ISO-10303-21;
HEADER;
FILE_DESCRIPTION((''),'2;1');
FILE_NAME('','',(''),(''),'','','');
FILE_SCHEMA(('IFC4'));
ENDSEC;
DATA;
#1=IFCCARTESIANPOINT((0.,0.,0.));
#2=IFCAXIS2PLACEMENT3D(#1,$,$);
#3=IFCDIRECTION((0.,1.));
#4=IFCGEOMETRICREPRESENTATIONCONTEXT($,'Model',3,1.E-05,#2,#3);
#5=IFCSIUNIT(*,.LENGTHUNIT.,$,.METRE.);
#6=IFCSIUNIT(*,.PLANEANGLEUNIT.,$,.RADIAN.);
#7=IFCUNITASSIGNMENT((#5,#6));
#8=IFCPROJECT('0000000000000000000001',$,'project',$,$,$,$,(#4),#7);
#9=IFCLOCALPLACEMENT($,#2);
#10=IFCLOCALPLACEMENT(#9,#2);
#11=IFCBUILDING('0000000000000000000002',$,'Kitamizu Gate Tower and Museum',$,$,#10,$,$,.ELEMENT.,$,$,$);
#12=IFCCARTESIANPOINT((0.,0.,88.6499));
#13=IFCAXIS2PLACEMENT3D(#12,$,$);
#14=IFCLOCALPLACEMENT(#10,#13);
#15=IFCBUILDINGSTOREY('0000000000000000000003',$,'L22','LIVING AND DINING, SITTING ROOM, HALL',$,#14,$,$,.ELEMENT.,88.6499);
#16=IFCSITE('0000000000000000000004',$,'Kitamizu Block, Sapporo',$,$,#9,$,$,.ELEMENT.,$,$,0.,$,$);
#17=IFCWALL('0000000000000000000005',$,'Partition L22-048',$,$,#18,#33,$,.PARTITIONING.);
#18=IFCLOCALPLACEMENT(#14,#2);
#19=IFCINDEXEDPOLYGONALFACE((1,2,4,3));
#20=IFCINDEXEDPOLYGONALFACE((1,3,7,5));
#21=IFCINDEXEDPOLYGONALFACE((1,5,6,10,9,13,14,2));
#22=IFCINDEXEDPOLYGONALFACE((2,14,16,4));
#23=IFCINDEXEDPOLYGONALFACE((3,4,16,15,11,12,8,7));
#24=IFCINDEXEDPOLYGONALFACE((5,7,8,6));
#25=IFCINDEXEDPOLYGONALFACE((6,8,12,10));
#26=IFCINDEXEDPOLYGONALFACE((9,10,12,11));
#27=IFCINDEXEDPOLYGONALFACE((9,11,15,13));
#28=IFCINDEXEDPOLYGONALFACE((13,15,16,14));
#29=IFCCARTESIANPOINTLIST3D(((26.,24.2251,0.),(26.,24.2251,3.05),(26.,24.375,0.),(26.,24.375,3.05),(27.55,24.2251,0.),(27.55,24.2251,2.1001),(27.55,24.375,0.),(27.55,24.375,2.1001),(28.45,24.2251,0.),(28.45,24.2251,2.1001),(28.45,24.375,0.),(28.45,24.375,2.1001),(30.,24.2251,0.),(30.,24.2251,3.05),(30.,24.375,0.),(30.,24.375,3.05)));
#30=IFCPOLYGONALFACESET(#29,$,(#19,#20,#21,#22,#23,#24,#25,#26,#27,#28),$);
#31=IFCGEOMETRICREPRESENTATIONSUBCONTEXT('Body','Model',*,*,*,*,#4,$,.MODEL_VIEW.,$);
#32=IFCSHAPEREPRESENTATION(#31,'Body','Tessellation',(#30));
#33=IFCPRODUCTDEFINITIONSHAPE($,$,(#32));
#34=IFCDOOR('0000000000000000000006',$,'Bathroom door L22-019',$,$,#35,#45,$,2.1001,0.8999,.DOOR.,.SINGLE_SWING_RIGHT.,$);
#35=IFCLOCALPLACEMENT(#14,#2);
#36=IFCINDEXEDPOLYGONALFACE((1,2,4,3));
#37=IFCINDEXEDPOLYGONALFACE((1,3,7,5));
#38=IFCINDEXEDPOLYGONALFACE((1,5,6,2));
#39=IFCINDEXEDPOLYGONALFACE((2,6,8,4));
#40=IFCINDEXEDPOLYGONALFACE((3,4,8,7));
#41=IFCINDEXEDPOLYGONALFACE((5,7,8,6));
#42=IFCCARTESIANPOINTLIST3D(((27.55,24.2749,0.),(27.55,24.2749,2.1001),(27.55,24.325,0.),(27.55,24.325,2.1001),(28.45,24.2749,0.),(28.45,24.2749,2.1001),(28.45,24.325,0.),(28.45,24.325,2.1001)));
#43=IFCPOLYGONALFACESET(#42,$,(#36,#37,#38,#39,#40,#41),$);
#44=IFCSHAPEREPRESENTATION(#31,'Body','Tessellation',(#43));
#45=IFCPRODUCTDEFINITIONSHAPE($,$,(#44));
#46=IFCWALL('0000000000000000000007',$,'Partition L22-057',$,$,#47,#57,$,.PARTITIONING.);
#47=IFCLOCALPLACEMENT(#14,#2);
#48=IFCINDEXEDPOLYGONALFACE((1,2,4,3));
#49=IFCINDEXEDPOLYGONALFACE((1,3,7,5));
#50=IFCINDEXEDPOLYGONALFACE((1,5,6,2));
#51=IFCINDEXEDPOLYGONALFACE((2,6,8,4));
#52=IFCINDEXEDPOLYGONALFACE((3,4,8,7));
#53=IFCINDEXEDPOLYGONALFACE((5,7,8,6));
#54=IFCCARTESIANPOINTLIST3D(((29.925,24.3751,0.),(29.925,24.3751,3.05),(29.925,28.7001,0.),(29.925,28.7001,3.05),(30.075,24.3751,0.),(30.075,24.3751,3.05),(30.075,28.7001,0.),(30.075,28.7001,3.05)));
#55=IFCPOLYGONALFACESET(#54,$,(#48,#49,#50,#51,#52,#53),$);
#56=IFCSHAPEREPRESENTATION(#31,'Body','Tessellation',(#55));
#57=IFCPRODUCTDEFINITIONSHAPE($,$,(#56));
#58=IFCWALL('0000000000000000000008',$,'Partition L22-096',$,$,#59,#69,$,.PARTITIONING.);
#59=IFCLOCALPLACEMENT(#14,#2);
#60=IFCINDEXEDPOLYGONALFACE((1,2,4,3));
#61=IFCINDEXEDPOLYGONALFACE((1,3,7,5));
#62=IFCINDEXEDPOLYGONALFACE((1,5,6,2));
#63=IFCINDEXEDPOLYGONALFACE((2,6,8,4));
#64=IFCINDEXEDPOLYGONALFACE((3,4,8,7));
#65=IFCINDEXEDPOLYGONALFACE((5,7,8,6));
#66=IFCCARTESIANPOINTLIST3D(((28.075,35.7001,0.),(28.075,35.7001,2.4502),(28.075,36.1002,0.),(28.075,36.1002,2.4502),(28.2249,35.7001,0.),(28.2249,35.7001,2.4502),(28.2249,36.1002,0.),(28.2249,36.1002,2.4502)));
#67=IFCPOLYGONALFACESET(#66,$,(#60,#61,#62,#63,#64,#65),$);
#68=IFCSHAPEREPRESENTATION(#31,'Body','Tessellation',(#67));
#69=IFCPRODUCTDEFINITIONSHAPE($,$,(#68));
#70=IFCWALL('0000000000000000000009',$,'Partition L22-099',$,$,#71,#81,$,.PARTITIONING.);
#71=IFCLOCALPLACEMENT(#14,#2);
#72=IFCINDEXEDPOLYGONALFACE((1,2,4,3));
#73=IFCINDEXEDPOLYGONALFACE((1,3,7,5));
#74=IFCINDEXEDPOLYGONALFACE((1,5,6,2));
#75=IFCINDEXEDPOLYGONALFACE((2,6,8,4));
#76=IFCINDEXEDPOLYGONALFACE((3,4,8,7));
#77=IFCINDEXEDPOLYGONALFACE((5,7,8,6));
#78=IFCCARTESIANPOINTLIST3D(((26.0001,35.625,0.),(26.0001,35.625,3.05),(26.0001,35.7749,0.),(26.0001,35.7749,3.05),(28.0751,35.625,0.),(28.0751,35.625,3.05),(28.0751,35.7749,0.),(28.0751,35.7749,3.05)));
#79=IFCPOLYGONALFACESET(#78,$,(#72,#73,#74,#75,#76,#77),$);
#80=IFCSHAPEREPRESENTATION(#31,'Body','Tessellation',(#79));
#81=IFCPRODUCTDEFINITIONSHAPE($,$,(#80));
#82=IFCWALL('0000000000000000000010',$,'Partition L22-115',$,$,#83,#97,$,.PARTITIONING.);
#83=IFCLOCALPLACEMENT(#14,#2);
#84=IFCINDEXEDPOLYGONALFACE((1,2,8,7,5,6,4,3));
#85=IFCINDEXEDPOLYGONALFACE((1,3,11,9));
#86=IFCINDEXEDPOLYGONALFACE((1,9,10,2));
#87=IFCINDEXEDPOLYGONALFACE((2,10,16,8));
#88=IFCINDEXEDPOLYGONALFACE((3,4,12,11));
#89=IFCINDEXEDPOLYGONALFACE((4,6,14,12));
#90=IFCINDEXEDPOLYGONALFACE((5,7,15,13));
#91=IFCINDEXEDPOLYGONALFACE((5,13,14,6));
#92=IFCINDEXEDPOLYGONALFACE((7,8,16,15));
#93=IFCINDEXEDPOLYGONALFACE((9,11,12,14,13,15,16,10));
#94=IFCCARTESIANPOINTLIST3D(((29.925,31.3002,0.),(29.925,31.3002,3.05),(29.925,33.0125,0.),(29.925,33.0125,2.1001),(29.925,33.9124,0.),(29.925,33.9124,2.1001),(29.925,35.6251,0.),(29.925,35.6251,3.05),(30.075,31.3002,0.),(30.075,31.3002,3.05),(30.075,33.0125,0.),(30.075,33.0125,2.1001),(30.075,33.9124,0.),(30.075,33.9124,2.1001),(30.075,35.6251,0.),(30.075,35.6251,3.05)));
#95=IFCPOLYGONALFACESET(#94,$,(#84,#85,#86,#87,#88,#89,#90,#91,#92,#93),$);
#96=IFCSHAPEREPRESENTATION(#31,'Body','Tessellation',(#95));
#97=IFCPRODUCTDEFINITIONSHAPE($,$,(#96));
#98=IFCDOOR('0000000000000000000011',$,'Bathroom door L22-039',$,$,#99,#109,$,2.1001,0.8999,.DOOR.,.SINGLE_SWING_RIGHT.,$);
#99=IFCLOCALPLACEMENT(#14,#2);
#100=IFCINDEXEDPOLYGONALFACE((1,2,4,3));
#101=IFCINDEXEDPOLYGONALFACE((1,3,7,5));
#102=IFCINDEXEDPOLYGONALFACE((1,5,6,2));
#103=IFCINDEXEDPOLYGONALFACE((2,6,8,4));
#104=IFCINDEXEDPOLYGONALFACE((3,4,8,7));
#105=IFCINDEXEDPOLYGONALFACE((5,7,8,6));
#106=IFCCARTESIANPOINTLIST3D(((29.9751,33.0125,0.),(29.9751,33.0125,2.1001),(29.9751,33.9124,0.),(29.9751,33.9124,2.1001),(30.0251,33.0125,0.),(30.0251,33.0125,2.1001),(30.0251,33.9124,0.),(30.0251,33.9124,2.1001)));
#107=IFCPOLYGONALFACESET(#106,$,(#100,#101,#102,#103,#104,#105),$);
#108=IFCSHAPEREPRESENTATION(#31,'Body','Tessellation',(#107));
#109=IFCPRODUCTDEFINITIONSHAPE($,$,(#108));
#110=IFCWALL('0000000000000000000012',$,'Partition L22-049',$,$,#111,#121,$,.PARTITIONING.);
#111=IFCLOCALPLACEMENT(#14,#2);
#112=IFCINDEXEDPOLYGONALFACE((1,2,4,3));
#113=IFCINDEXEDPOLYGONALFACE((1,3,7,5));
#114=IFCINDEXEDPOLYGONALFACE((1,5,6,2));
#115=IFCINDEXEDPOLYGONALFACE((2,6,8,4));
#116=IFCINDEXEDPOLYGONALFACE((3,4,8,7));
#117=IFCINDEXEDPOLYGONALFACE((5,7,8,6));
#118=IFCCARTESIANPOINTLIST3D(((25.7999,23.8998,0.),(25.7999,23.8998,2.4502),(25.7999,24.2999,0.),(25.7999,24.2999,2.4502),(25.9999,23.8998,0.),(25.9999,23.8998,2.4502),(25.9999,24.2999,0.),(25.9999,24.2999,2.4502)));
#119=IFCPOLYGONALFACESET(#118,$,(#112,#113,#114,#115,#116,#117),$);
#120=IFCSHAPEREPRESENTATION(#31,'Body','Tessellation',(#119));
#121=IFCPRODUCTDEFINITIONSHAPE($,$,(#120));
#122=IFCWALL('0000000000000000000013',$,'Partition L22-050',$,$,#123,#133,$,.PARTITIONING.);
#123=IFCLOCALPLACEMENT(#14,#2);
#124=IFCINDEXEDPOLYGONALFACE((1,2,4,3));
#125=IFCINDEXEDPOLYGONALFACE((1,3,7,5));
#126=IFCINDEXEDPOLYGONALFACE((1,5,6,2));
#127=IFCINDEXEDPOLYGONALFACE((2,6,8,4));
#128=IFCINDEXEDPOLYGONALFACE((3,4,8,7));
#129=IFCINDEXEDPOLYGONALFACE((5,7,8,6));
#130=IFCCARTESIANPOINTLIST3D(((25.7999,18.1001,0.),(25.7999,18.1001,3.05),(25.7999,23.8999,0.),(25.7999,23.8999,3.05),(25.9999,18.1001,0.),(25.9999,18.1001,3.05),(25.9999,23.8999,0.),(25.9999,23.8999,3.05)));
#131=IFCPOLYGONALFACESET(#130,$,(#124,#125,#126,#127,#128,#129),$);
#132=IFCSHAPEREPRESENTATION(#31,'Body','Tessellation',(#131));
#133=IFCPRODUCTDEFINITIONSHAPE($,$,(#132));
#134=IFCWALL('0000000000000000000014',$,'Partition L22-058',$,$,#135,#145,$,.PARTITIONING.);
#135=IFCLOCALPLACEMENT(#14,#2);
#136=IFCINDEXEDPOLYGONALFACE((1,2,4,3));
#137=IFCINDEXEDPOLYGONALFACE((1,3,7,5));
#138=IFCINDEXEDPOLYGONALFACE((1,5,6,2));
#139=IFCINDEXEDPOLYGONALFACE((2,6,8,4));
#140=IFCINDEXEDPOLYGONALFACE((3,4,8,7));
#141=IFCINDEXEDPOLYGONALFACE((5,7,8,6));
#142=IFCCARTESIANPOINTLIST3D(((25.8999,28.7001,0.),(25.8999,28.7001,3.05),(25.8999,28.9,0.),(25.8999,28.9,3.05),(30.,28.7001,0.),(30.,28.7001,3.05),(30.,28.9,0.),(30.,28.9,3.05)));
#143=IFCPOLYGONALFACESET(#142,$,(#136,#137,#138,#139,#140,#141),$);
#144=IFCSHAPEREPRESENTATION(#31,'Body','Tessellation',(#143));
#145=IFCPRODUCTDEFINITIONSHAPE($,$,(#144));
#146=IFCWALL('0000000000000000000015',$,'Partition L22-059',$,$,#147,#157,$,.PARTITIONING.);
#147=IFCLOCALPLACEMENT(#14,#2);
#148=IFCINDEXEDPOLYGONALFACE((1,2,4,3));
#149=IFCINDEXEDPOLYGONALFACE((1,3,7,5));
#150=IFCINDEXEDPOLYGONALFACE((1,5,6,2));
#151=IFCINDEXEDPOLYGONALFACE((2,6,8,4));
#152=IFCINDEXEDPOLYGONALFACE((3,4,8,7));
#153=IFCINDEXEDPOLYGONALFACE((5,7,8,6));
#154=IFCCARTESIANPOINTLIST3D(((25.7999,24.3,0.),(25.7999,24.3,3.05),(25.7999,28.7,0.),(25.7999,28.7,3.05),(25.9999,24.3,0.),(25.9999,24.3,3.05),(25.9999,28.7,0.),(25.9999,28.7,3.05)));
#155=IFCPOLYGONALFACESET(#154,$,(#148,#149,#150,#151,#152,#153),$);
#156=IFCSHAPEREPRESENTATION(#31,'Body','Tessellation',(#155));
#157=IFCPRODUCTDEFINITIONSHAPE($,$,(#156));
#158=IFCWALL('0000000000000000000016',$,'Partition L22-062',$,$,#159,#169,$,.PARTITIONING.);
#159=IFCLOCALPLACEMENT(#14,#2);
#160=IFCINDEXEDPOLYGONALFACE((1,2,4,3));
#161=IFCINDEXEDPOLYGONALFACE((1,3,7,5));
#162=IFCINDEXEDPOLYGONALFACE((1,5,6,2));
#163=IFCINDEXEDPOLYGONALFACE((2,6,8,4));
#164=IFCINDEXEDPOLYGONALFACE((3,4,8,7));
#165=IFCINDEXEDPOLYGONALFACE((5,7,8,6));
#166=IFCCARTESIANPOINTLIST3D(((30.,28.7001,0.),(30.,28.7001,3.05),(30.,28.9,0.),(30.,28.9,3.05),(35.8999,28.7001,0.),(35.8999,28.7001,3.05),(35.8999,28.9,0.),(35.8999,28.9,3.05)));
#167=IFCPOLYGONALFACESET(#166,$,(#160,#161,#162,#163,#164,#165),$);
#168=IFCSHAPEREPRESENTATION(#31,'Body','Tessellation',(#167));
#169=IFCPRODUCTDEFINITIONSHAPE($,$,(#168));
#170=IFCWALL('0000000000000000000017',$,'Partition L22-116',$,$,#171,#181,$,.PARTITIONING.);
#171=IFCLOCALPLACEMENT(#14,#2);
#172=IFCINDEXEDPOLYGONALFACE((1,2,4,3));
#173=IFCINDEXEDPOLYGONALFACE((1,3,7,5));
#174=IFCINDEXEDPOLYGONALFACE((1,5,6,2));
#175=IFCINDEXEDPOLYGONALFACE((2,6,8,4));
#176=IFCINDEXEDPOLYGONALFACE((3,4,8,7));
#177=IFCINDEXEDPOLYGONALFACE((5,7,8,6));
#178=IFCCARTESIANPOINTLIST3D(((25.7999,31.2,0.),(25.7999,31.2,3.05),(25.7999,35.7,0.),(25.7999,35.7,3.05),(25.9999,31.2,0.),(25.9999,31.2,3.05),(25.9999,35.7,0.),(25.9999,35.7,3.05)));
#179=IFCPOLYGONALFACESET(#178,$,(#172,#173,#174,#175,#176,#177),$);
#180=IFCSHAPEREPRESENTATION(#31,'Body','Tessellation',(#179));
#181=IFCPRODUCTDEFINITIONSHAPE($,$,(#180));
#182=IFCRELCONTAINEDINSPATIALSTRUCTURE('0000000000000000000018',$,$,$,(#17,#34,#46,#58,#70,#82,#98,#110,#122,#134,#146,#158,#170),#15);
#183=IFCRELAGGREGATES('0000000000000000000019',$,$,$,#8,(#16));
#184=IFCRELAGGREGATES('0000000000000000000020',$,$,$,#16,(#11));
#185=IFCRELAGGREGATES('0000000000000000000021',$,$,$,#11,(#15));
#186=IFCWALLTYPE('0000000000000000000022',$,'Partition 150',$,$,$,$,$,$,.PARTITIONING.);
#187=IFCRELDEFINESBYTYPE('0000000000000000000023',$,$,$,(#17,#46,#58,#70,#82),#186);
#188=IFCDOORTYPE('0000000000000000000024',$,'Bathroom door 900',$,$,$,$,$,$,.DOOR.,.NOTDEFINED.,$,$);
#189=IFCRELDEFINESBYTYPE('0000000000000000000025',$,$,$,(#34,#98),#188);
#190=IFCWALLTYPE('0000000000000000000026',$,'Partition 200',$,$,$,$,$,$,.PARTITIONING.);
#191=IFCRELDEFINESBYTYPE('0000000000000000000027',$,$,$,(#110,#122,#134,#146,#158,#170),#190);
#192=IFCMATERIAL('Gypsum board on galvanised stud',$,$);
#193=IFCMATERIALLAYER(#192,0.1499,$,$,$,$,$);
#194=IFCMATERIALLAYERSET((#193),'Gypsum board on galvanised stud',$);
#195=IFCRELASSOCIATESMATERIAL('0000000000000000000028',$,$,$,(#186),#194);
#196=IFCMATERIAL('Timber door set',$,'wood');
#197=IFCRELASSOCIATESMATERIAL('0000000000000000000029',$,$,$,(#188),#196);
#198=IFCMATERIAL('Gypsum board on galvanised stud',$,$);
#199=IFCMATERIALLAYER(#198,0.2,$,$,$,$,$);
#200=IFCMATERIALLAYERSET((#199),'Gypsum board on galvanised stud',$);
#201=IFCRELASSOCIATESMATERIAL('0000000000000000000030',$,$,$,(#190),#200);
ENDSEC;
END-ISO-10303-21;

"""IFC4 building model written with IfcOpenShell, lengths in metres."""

from ifc_helpers import new_model, si_unit, direction, frame, frame_2d, origin, place, context, subcontext, project, spatial, rectangle, extrude, material, layer, layer_set, type_object, element, fill, save


model = new_model("IFC4")

# Units and contexts
model_context = context("Model", 3, precision=1e-05, world=origin(), true_north=direction((0.0, 1.0)))
body_context = subcontext(model_context, "Body", "Model", "MODEL_VIEW")
ifc_project = project(units=[si_unit("LENGTHUNIT", "METRE"), si_unit("PLANEANGLEUNIT", "RADIAN")], contexts=[model_context])

# Site, building, storey
site_placement = place(None, origin())
site = spatial("IfcSite", under=ifc_project, at=site_placement, Name="Kitamizu Block, Sapporo", CompositionType="ELEMENT", RefElevation=0.0)
building_placement = place(site_placement, origin())
building = spatial("IfcBuilding", under=site, at=building_placement, Name="Kitamizu Gate Tower and Museum", CompositionType="ELEMENT")
storey_placement = place(building_placement, frame((0.0, 0.0, 88.6499)))
storey = spatial("IfcBuildingStorey", under=building, at=storey_placement, Name="L22", Description="LIVING AND DINING, SITTING ROOM, HALL", CompositionType="ELEMENT", Elevation=88.6499)

# Wall, opening, door
ifc_material_1 = material(Name="Gypsum board on galvanised stud")
ifc_layer_1 = layer(ifc_material_1, 0.1499)
ifc_layer_set_1 = layer_set([ifc_layer_1], Name="Gypsum board on galvanised stud")
wall_type_1 = type_object("IfcWallType", Name="Partition 150", PredefinedType="PARTITIONING", material=ifc_layer_set_1)
wall_1_placement = place(storey_placement, frame((30.0, 24.3, 0.0), z_axis=(0.0, 0.0, 1.0), x_axis=(-1.0, 0.0, 0.0)))
wall_1 = element("IfcWall", 1, at=wall_1_placement, inside=storey, type_object=wall_type_1, Name="Partition L22-048", PredefinedType="PARTITIONING", context=body_context, shape_type="SweptSolid", body=[
    extrude(rectangle(XDim=4.0, YDim=0.1499, at=frame_2d((2.0, 0.0))), origin(), (0.0, 0.0, 1.0), 3.05),
])
opening_1_placement = place(wall_1_placement, frame((1.55, 0.0, 0.0)))
opening_1 = element("IfcOpeningElement", 2, at=opening_1_placement, cuts=wall_1, PredefinedType="OPENING", context=body_context, shape_type="SweptSolid", body=[
    extrude(rectangle(XDim=0.8999, YDim=2.1001, at=frame_2d((0.45, 1.05))), frame((0.0, 0.085, 0.0), z_axis=(0.0, -1.0, 0.0), x_axis=(1.0, 0.0, 0.0)), (0.0, 0.0, 1.0), 0.1699),
])
ifc_material_2 = material(Name="Timber door set", Category="wood")
door_type_1 = type_object("IfcDoorType", Name="Bathroom door 900", OperationType="NOTDEFINED", PredefinedType="DOOR", material=ifc_material_2)
door_1_placement = place(opening_1_placement, frame((0.8999, 0.0, 0.0), x_axis=(-1.0, 0.0, 0.0)))
door_1 = element("IfcDoor", 3, at=door_1_placement, inside=storey, type_object=door_type_1, Name="Bathroom door L22-019", OperationType="SINGLE_SWING_RIGHT", OverallHeight=2.1001, OverallWidth=0.8999, PredefinedType="DOOR", context=body_context, shape_type="SweptSolid", body=[
    extrude(rectangle(XDim=0.8999, YDim=2.1001, at=frame_2d((0.45, 1.05))), frame((0.0, 0.0249, 0.0), z_axis=(0.0, -1.0, 0.0), x_axis=(1.0, 0.0, 0.0)), (0.0, 0.0, 1.0), 0.05),
])
fill(opening_1, door_1)

# Walls
wall_2_placement = place(storey_placement, frame((30.0, 24.375, 0.0), z_axis=(0.0, 0.0, 1.0), x_axis=(0.0, 1.0, 0.0)))
element("IfcWall", 4, at=wall_2_placement, inside=storey, type_object=wall_type_1, Name="Partition L22-057", PredefinedType="PARTITIONING", context=body_context, shape_type="SweptSolid", body=[
    extrude(rectangle(XDim=4.325, YDim=0.1499, at=frame_2d((2.1626, 0.0))), origin(), (0.0, 0.0, 1.0), 3.05),
])
wall_3_placement = place(storey_placement, frame((28.1499, 35.7, 0.0), z_axis=(0.0, 0.0, 1.0), x_axis=(0.0, 1.0, 0.0)))
element("IfcWall", 5, at=wall_3_placement, inside=storey, type_object=wall_type_1, Name="Partition L22-096", PredefinedType="PARTITIONING", context=body_context, shape_type="SweptSolid", body=[
    extrude(rectangle(XDim=0.4001, YDim=0.1499, at=frame_2d((0.2002, 0.0))), origin(), (0.0, 0.0, 1.0), 2.4502),
])
wall_4_placement = place(storey_placement, frame((26.0, 35.7, 0.0), z_axis=(0.0, 0.0, 1.0), x_axis=(1.0, 0.0, 0.0)))
element("IfcWall", 6, at=wall_4_placement, inside=storey, type_object=wall_type_1, Name="Partition L22-099", PredefinedType="PARTITIONING", context=body_context, shape_type="SweptSolid", body=[
    extrude(rectangle(XDim=2.075, YDim=0.1499, at=frame_2d((1.0376, 0.0))), origin(), (0.0, 0.0, 1.0), 3.05),
])

# Wall, opening, door
wall_5_placement = place(storey_placement, frame((30.0, 31.3, 0.0), z_axis=(0.0, 0.0, 1.0), x_axis=(0.0, 1.0, 0.0)))
wall_5 = element("IfcWall", 7, at=wall_5_placement, inside=storey, type_object=wall_type_1, Name="Partition L22-115", PredefinedType="PARTITIONING", context=body_context, shape_type="SweptSolid", body=[
    extrude(rectangle(XDim=4.325, YDim=0.1499, at=frame_2d((2.1626, 0.0))), origin(), (0.0, 0.0, 1.0), 3.05),
])
opening_2_placement = place(wall_5_placement, frame((1.7124, 0.0, 0.0)))
opening_2 = element("IfcOpeningElement", 8, at=opening_2_placement, cuts=wall_5, PredefinedType="OPENING", context=body_context, shape_type="SweptSolid", body=[
    extrude(rectangle(XDim=0.8999, YDim=2.1001, at=frame_2d((0.45, 1.05))), frame((0.0, 0.085, 0.0), z_axis=(0.0, -1.0, 0.0), x_axis=(1.0, 0.0, 0.0)), (0.0, 0.0, 1.0), 0.1699),
])
door_2_placement = place(opening_2_placement, origin())
door_2 = element("IfcDoor", 9, at=door_2_placement, inside=storey, type_object=door_type_1, Name="Bathroom door L22-039", OperationType="SINGLE_SWING_RIGHT", OverallHeight=2.1001, OverallWidth=0.8999, PredefinedType="DOOR", context=body_context, shape_type="SweptSolid", body=[
    extrude(rectangle(XDim=0.8999, YDim=2.1001, at=frame_2d((0.45, 1.05))), frame((0.0, 0.0249, 0.0), z_axis=(0.0, -1.0, 0.0), x_axis=(1.0, 0.0, 0.0)), (0.0, 0.0, 1.0), 0.05),
])
fill(opening_2, door_2)

# Walls
ifc_material_3 = material(Name="Gypsum board on galvanised stud")
ifc_layer_2 = layer(ifc_material_3, 0.2)
ifc_layer_set_2 = layer_set([ifc_layer_2], Name="Gypsum board on galvanised stud")
wall_type_2 = type_object("IfcWallType", Name="Partition 200", PredefinedType="PARTITIONING", material=ifc_layer_set_2)
wall_6_placement = place(storey_placement, frame((25.8999, 24.3, 0.0), z_axis=(0.0, 0.0, 1.0), x_axis=(0.0, -1.0, 0.0)))
element("IfcWall", 10, at=wall_6_placement, inside=storey, type_object=wall_type_2, Name="Partition L22-049", PredefinedType="PARTITIONING", context=body_context, shape_type="SweptSolid", body=[
    extrude(rectangle(XDim=0.4001, YDim=0.2, at=frame_2d((0.2002, 0.0))), origin(), (0.0, 0.0, 1.0), 2.4502),
])
wall_7_placement = place(storey_placement, frame((25.8999, 23.8999, 0.0), z_axis=(0.0, 0.0, 1.0), x_axis=(0.0, -1.0, 0.0)))
element("IfcWall", 11, at=wall_7_placement, inside=storey, type_object=wall_type_2, Name="Partition L22-050", PredefinedType="PARTITIONING", context=body_context, shape_type="SweptSolid", body=[
    extrude(rectangle(XDim=5.7998, YDim=0.2, at=frame_2d((2.8999, 0.0))), origin(), (0.0, 0.0, 1.0), 3.05),
])
wall_8_placement = place(storey_placement, frame((30.0, 28.8, 0.0), z_axis=(0.0, 0.0, 1.0), x_axis=(-1.0, 0.0, 0.0)))
element("IfcWall", 12, at=wall_8_placement, inside=storey, type_object=wall_type_2, Name="Partition L22-058", PredefinedType="PARTITIONING", context=body_context, shape_type="SweptSolid", body=[
    extrude(rectangle(XDim=4.1001, YDim=0.2, at=frame_2d((2.05, 0.0))), origin(), (0.0, 0.0, 1.0), 3.05),
])
wall_9_placement = place(storey_placement, frame((25.8999, 28.7, 0.0), z_axis=(0.0, 0.0, 1.0), x_axis=(0.0, -1.0, 0.0)))
element("IfcWall", 13, at=wall_9_placement, inside=storey, type_object=wall_type_2, Name="Partition L22-059", PredefinedType="PARTITIONING", context=body_context, shape_type="SweptSolid", body=[
    extrude(rectangle(XDim=4.3999, YDim=0.2, at=frame_2d((2.2, 0.0))), origin(), (0.0, 0.0, 1.0), 3.05),
])
wall_10_placement = place(storey_placement, frame((35.8999, 28.8, 0.0), z_axis=(0.0, 0.0, 1.0), x_axis=(-1.0, 0.0, 0.0)))
element("IfcWall", 14, at=wall_10_placement, inside=storey, type_object=wall_type_2, Name="Partition L22-062", PredefinedType="PARTITIONING", context=body_context, shape_type="SweptSolid", body=[
    extrude(rectangle(XDim=5.8999, YDim=0.2, at=frame_2d((2.95, 0.0))), origin(), (0.0, 0.0, 1.0), 3.05),
])
wall_11_placement = place(storey_placement, frame((25.8999, 35.7, 0.0), z_axis=(0.0, 0.0, 1.0), x_axis=(0.0, -1.0, 0.0)))
element("IfcWall", 15, at=wall_11_placement, inside=storey, type_object=wall_type_2, Name="Partition L22-116", PredefinedType="PARTITIONING", context=body_context, shape_type="SweptSolid", body=[
    extrude(rectangle(XDim=4.5, YDim=0.2, at=frame_2d((2.25, 0.0))), origin(), (0.0, 0.0, 1.0), 3.05),
])

save(model, "model.ifc")
